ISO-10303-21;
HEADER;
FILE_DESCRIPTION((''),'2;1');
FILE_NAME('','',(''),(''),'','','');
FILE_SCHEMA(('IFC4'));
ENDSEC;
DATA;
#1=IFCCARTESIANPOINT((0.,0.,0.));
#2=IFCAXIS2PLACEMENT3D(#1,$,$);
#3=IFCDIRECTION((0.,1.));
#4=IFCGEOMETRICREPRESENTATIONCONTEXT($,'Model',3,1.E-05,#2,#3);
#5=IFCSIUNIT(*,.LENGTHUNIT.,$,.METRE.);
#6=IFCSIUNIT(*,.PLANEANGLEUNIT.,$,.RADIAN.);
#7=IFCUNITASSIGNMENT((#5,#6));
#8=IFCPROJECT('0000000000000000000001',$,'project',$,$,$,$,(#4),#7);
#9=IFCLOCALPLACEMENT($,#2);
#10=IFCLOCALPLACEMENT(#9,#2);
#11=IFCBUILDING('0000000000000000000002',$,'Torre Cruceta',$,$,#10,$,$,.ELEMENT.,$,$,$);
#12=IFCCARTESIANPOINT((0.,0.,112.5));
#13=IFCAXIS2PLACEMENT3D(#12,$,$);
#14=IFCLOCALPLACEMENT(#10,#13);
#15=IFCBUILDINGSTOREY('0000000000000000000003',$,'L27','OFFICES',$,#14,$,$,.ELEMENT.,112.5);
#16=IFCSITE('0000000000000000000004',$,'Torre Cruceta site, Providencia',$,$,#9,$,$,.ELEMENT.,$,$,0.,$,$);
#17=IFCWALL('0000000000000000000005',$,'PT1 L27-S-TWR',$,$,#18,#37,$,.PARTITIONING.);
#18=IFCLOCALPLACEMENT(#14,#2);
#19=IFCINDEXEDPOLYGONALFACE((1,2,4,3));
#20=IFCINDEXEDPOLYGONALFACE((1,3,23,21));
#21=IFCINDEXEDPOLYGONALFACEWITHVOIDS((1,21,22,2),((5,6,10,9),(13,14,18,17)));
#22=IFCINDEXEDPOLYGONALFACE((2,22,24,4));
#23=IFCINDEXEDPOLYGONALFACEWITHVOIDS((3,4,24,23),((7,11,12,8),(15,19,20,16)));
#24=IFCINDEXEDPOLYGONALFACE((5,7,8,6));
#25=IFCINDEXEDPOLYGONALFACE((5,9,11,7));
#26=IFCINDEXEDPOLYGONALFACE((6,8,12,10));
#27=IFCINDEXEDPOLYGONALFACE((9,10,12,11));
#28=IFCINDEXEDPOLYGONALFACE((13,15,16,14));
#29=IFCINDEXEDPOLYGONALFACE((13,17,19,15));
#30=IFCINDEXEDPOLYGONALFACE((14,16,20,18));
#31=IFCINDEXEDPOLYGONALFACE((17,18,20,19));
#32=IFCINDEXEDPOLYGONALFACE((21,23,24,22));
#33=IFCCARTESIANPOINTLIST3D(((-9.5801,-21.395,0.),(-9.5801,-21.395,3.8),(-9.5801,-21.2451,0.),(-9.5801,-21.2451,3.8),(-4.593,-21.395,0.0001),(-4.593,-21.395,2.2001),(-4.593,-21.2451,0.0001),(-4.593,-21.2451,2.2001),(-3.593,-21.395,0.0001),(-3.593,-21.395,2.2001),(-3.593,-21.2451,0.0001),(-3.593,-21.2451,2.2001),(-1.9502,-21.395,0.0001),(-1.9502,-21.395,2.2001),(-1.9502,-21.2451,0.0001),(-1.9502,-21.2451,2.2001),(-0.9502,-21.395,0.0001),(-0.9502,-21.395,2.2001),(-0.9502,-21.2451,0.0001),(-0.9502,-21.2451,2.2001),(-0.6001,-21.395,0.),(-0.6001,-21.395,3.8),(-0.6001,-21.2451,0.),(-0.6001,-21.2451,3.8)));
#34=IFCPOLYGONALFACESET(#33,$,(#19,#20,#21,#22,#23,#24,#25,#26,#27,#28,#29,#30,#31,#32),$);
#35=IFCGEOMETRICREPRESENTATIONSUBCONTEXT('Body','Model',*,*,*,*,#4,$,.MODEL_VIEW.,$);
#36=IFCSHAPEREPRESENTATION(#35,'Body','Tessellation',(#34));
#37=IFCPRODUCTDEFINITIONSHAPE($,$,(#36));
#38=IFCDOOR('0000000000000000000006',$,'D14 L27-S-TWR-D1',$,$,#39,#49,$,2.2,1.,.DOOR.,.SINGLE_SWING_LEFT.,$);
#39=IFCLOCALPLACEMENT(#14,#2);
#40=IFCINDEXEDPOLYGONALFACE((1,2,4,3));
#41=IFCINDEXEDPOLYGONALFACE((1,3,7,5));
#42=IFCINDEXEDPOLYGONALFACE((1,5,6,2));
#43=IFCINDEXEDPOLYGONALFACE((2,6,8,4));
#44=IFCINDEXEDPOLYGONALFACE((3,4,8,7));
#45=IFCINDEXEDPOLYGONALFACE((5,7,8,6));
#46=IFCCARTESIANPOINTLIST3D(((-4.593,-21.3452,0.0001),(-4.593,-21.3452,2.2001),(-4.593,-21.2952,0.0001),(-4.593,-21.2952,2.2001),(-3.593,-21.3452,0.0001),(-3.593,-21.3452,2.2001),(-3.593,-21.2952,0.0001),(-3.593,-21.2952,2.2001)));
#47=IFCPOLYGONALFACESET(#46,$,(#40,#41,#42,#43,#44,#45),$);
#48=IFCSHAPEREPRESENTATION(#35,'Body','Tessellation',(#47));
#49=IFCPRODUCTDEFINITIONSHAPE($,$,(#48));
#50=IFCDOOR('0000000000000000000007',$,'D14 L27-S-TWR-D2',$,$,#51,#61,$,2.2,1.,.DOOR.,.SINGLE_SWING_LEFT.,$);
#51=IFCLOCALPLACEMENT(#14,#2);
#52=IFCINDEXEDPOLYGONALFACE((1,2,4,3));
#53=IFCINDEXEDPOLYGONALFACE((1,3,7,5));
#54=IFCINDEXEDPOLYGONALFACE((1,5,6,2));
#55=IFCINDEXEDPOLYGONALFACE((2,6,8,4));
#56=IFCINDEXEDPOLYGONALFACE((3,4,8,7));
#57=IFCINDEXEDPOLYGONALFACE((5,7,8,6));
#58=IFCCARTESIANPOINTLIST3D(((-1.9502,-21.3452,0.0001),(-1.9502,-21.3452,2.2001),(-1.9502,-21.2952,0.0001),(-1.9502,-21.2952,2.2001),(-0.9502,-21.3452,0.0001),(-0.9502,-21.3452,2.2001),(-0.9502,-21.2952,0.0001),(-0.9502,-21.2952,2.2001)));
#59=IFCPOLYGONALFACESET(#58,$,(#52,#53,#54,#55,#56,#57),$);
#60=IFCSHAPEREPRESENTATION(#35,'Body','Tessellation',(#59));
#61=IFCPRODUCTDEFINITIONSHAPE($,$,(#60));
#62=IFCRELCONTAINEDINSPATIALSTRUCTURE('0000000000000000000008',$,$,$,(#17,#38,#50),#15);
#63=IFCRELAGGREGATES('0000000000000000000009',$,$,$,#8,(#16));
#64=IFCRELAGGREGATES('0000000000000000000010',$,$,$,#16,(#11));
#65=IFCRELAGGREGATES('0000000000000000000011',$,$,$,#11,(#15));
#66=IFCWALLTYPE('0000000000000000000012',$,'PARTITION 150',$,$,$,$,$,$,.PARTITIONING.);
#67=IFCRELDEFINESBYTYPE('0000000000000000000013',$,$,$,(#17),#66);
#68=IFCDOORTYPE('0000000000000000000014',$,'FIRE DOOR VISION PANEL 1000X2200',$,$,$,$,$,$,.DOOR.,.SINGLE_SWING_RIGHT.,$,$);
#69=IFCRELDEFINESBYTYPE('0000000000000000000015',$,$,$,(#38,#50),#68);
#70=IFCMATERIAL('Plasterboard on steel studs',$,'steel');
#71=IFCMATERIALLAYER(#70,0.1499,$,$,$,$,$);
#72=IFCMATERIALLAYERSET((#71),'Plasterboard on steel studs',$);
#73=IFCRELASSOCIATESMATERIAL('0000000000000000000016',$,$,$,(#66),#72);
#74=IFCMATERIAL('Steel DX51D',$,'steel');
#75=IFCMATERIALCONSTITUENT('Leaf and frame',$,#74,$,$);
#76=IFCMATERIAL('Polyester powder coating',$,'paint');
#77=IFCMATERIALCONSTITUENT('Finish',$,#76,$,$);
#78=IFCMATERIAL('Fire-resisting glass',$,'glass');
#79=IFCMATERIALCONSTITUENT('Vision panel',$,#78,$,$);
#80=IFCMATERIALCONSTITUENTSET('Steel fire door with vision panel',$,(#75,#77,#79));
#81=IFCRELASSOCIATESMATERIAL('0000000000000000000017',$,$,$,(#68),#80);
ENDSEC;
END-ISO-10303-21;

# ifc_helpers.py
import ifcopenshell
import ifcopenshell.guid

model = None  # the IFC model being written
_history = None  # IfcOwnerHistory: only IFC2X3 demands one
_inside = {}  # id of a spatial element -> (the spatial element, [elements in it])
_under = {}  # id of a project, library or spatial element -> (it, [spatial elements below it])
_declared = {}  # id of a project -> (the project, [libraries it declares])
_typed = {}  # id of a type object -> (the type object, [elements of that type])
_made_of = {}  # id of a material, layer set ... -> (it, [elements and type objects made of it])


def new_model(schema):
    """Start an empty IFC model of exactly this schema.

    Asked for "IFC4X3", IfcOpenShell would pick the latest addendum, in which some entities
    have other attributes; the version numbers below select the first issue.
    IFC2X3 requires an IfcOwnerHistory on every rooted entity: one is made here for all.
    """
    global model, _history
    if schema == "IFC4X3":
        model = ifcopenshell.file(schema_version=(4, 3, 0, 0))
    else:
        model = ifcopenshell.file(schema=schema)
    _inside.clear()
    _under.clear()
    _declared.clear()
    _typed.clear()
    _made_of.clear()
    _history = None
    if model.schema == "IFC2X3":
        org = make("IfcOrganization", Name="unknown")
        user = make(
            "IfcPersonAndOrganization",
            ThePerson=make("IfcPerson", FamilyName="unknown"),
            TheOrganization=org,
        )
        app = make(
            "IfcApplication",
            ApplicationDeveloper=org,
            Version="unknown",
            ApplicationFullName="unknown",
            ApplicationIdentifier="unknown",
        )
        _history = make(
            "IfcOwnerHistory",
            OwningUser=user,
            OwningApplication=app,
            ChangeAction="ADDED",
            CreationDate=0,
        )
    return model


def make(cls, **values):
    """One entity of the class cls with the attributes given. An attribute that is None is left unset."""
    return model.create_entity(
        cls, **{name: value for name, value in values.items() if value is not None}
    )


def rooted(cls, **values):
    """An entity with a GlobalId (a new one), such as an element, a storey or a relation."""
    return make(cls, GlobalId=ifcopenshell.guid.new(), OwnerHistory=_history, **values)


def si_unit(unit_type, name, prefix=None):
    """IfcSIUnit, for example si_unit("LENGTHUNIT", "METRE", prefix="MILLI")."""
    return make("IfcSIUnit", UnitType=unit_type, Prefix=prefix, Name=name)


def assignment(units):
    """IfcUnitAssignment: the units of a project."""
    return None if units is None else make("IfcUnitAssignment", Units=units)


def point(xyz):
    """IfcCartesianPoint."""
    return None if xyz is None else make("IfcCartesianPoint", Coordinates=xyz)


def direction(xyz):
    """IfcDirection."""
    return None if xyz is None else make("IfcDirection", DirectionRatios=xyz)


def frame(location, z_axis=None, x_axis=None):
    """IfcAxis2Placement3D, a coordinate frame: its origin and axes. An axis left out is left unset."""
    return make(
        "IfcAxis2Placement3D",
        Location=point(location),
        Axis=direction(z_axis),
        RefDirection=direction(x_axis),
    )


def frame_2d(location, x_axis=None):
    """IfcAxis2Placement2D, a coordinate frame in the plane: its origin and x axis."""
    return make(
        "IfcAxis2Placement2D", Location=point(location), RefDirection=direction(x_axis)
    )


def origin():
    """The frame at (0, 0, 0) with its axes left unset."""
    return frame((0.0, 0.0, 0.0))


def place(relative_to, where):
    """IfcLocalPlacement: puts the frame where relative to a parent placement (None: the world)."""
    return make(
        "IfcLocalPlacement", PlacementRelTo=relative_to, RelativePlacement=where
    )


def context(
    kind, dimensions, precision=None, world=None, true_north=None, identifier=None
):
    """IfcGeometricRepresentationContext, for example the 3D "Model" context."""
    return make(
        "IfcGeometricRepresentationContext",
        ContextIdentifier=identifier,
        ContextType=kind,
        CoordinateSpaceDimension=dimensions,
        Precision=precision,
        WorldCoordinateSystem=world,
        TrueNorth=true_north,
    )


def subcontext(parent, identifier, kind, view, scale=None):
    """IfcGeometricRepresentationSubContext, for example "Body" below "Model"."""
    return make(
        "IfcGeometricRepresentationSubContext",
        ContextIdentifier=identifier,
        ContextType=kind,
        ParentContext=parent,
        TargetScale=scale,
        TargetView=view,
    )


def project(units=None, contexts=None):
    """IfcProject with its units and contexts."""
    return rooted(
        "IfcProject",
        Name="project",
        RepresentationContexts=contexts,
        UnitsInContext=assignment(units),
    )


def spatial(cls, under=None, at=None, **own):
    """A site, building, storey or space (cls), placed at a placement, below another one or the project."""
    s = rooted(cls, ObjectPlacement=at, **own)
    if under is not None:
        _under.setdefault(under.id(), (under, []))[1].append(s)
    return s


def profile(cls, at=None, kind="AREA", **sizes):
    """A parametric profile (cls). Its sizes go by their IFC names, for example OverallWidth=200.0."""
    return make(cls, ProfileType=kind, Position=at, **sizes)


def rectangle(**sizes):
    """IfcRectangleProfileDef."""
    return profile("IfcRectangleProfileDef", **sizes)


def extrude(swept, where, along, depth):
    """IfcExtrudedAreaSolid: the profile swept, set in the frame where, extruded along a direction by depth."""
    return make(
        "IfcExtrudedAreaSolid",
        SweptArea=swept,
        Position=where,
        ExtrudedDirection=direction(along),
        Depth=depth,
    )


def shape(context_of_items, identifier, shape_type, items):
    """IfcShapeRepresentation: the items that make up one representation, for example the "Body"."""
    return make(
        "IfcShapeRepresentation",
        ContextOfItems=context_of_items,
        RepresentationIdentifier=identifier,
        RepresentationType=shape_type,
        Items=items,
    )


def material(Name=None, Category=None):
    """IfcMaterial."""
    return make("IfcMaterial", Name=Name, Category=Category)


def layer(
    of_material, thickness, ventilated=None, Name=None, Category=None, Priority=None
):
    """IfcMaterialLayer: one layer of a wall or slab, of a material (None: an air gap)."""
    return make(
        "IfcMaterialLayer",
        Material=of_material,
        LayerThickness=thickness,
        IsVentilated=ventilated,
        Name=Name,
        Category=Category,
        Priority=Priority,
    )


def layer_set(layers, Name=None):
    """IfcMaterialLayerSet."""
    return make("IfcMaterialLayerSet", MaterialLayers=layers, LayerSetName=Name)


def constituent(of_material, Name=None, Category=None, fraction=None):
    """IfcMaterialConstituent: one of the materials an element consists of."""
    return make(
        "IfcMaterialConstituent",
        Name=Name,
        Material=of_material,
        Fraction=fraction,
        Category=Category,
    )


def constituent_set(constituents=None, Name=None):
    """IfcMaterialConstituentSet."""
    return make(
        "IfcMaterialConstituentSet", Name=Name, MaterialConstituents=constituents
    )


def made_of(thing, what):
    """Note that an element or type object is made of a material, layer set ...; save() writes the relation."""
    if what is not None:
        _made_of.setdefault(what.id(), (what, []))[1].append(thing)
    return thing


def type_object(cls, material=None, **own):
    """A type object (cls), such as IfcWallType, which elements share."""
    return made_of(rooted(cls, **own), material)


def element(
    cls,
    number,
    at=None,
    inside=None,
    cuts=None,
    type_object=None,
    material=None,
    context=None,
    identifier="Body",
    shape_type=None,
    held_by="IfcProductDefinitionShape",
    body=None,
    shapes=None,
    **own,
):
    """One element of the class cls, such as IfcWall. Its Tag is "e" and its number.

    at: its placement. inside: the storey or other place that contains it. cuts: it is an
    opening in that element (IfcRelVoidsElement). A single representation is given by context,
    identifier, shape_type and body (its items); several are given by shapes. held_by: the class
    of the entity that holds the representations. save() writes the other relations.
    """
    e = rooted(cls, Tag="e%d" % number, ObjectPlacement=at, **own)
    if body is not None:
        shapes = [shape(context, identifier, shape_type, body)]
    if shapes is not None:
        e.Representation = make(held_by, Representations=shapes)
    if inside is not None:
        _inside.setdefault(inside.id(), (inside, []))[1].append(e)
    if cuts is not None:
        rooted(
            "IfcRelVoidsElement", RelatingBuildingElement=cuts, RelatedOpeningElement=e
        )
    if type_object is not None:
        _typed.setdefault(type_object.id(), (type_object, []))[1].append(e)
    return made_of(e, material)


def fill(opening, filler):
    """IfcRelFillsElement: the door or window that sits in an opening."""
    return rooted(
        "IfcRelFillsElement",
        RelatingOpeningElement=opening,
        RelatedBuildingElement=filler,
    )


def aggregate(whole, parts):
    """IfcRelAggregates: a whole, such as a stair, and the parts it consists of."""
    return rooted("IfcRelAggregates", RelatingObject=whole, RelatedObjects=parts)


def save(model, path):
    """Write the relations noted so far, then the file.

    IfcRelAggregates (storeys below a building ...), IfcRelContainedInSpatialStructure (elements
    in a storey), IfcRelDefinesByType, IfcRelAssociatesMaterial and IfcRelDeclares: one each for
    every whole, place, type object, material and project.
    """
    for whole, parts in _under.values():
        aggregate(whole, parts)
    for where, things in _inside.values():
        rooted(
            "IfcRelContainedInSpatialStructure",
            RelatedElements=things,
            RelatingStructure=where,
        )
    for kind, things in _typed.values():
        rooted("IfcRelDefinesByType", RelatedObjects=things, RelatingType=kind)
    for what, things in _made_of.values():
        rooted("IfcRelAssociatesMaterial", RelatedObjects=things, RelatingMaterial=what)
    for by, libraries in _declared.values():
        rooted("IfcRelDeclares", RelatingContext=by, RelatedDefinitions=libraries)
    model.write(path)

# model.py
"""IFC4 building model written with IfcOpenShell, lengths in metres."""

from ifc_helpers import new_model, si_unit, direction, frame, frame_2d, origin, place, context, subcontext, project, spatial, rectangle, extrude, material, layer, layer_set, constituent, constituent_set, type_object, element, fill, save


model = new_model("IFC4")

# Units and contexts
model_context = context("Model", 3, precision=1e-05, world=origin(), true_north=direction((0.0, 1.0)))
body_context = subcontext(model_context, "Body", "Model", "MODEL_VIEW")
ifc_project = project(units=[si_unit("LENGTHUNIT", "METRE"), si_unit("PLANEANGLEUNIT", "RADIAN")], contexts=[model_context])

# Site, building, storey
site_placement = place(None, origin())
site = spatial("IfcSite", under=ifc_project, at=site_placement, Name="Torre Cruceta site, Providencia", CompositionType="ELEMENT", RefElevation=0.0)
building_placement = place(site_placement, origin())
building = spatial("IfcBuilding", under=site, at=building_placement, Name="Torre Cruceta", CompositionType="ELEMENT")
storey_placement = place(building_placement, frame((0.0, 0.0, 112.5)))
storey = spatial("IfcBuildingStorey", under=building, at=storey_placement, Name="L27", Description="OFFICES", CompositionType="ELEMENT", Elevation=112.5)

# Shared definitions
ifc_material_1 = material(Name="Plasterboard on steel studs", Category="steel")
ifc_layer_1 = layer(ifc_material_1, 0.1499)
ifc_layer_set_1 = layer_set([ifc_layer_1], Name="Plasterboard on steel studs")
wall_type_1 = type_object("IfcWallType", Name="PARTITION 150", PredefinedType="PARTITIONING", material=ifc_layer_set_1)

# Wall, openings, doors
wall_1_placement = place(storey_placement, frame((-9.5801, -21.3201, 0.0), z_axis=(0.0, 0.0, 1.0), x_axis=(1.0, 0.0, 0.0)))
wall_1 = element("IfcWall", 1, at=wall_1_placement, inside=storey, type_object=wall_type_1, Name="PT1 L27-S-TWR", PredefinedType="PARTITIONING", context=body_context, shape_type="SweptSolid", body=[
    extrude(rectangle(XDim=8.98, YDim=0.1499, at=frame_2d((4.49, 0.0))), origin(), (0.0, 0.0, 1.0), 3.8),
])
opening_1_placement = place(wall_1_placement, frame((4.9871, 0.0, 0.0)))
opening_1 = element("IfcOpeningElement", 2, at=opening_1_placement, cuts=wall_1, PredefinedType="OPENING", context=body_context, shape_type="SweptSolid", body=[
    extrude(rectangle(XDim=1.0, YDim=2.2, at=frame_2d((0.5, 1.1001))), frame((0.0, 0.085, 0.0), z_axis=(0.0, -1.0, 0.0), x_axis=(1.0, 0.0, 0.0)), (0.0, 0.0, 1.0), 0.1699),
])
opening_2_placement = place(wall_1_placement, frame((7.6299, 0.0, 0.0)))
opening_2 = element("IfcOpeningElement", 3, at=opening_2_placement, cuts=wall_1, PredefinedType="OPENING", context=body_context, shape_type="SweptSolid", body=[
    extrude(rectangle(XDim=1.0, YDim=2.2, at=frame_2d((0.5, 1.1001))), frame((0.0, 0.085, 0.0), z_axis=(0.0, -1.0, 0.0), x_axis=(1.0, 0.0, 0.0)), (0.0, 0.0, 1.0), 0.1699),
])
ifc_material_2 = material(Name="Steel DX51D", Category="steel")
ifc_constituent_1 = constituent(ifc_material_2, Name="Leaf and frame")
ifc_material_3 = material(Name="Polyester powder coating", Category="paint")
ifc_constituent_2 = constituent(ifc_material_3, Name="Finish")
ifc_material_4 = material(Name="Fire-resisting glass", Category="glass")
ifc_constituent_3 = constituent(ifc_material_4, Name="Vision panel")
ifc_constituent_set_1 = constituent_set(constituents=[ifc_constituent_1, ifc_constituent_2, ifc_constituent_3], Name="Steel fire door with vision panel")
door_type = type_object("IfcDoorType", Name="FIRE DOOR VISION PANEL 1000X2200", OperationType="SINGLE_SWING_RIGHT", PredefinedType="DOOR", material=ifc_constituent_set_1)
door_1_placement = place(opening_1_placement, frame((1.0, 0.0, 0.0), z_axis=(0.0, 0.0, 1.0), x_axis=(-1.0, 0.0, 0.0)))
door_1 = element("IfcDoor", 4, at=door_1_placement, inside=storey, type_object=door_type, Name="D14 L27-S-TWR-D1", OperationType="SINGLE_SWING_LEFT", OverallHeight=2.2, OverallWidth=1.0, PredefinedType="DOOR", context=body_context, shape_type="SweptSolid", body=[
    extrude(rectangle(XDim=1.0, YDim=2.2, at=frame_2d((0.5, 1.1001))), frame((0.0, 0.0251, 0.0), z_axis=(0.0, -1.0, 0.0), x_axis=(1.0, 0.0, 0.0)), (0.0, 0.0, 1.0), 0.05),
])
fill(opening_1, door_1)
door_2_placement = place(opening_2_placement, frame((1.0, 0.0, 0.0), z_axis=(0.0, 0.0, 1.0), x_axis=(-1.0, 0.0, 0.0)))
door_2 = element("IfcDoor", 5, at=door_2_placement, inside=storey, type_object=door_type, Name="D14 L27-S-TWR-D2", OperationType="SINGLE_SWING_LEFT", OverallHeight=2.2, OverallWidth=1.0, PredefinedType="DOOR", context=body_context, shape_type="SweptSolid", body=[
    extrude(rectangle(XDim=1.0, YDim=2.2, at=frame_2d((0.5, 1.1001))), frame((0.0, 0.0251, 0.0), z_axis=(0.0, -1.0, 0.0), x_axis=(1.0, 0.0, 0.0)), (0.0, 0.0, 1.0), 0.05),
])
fill(opening_2, door_2)

save(model, "model.ifc")
